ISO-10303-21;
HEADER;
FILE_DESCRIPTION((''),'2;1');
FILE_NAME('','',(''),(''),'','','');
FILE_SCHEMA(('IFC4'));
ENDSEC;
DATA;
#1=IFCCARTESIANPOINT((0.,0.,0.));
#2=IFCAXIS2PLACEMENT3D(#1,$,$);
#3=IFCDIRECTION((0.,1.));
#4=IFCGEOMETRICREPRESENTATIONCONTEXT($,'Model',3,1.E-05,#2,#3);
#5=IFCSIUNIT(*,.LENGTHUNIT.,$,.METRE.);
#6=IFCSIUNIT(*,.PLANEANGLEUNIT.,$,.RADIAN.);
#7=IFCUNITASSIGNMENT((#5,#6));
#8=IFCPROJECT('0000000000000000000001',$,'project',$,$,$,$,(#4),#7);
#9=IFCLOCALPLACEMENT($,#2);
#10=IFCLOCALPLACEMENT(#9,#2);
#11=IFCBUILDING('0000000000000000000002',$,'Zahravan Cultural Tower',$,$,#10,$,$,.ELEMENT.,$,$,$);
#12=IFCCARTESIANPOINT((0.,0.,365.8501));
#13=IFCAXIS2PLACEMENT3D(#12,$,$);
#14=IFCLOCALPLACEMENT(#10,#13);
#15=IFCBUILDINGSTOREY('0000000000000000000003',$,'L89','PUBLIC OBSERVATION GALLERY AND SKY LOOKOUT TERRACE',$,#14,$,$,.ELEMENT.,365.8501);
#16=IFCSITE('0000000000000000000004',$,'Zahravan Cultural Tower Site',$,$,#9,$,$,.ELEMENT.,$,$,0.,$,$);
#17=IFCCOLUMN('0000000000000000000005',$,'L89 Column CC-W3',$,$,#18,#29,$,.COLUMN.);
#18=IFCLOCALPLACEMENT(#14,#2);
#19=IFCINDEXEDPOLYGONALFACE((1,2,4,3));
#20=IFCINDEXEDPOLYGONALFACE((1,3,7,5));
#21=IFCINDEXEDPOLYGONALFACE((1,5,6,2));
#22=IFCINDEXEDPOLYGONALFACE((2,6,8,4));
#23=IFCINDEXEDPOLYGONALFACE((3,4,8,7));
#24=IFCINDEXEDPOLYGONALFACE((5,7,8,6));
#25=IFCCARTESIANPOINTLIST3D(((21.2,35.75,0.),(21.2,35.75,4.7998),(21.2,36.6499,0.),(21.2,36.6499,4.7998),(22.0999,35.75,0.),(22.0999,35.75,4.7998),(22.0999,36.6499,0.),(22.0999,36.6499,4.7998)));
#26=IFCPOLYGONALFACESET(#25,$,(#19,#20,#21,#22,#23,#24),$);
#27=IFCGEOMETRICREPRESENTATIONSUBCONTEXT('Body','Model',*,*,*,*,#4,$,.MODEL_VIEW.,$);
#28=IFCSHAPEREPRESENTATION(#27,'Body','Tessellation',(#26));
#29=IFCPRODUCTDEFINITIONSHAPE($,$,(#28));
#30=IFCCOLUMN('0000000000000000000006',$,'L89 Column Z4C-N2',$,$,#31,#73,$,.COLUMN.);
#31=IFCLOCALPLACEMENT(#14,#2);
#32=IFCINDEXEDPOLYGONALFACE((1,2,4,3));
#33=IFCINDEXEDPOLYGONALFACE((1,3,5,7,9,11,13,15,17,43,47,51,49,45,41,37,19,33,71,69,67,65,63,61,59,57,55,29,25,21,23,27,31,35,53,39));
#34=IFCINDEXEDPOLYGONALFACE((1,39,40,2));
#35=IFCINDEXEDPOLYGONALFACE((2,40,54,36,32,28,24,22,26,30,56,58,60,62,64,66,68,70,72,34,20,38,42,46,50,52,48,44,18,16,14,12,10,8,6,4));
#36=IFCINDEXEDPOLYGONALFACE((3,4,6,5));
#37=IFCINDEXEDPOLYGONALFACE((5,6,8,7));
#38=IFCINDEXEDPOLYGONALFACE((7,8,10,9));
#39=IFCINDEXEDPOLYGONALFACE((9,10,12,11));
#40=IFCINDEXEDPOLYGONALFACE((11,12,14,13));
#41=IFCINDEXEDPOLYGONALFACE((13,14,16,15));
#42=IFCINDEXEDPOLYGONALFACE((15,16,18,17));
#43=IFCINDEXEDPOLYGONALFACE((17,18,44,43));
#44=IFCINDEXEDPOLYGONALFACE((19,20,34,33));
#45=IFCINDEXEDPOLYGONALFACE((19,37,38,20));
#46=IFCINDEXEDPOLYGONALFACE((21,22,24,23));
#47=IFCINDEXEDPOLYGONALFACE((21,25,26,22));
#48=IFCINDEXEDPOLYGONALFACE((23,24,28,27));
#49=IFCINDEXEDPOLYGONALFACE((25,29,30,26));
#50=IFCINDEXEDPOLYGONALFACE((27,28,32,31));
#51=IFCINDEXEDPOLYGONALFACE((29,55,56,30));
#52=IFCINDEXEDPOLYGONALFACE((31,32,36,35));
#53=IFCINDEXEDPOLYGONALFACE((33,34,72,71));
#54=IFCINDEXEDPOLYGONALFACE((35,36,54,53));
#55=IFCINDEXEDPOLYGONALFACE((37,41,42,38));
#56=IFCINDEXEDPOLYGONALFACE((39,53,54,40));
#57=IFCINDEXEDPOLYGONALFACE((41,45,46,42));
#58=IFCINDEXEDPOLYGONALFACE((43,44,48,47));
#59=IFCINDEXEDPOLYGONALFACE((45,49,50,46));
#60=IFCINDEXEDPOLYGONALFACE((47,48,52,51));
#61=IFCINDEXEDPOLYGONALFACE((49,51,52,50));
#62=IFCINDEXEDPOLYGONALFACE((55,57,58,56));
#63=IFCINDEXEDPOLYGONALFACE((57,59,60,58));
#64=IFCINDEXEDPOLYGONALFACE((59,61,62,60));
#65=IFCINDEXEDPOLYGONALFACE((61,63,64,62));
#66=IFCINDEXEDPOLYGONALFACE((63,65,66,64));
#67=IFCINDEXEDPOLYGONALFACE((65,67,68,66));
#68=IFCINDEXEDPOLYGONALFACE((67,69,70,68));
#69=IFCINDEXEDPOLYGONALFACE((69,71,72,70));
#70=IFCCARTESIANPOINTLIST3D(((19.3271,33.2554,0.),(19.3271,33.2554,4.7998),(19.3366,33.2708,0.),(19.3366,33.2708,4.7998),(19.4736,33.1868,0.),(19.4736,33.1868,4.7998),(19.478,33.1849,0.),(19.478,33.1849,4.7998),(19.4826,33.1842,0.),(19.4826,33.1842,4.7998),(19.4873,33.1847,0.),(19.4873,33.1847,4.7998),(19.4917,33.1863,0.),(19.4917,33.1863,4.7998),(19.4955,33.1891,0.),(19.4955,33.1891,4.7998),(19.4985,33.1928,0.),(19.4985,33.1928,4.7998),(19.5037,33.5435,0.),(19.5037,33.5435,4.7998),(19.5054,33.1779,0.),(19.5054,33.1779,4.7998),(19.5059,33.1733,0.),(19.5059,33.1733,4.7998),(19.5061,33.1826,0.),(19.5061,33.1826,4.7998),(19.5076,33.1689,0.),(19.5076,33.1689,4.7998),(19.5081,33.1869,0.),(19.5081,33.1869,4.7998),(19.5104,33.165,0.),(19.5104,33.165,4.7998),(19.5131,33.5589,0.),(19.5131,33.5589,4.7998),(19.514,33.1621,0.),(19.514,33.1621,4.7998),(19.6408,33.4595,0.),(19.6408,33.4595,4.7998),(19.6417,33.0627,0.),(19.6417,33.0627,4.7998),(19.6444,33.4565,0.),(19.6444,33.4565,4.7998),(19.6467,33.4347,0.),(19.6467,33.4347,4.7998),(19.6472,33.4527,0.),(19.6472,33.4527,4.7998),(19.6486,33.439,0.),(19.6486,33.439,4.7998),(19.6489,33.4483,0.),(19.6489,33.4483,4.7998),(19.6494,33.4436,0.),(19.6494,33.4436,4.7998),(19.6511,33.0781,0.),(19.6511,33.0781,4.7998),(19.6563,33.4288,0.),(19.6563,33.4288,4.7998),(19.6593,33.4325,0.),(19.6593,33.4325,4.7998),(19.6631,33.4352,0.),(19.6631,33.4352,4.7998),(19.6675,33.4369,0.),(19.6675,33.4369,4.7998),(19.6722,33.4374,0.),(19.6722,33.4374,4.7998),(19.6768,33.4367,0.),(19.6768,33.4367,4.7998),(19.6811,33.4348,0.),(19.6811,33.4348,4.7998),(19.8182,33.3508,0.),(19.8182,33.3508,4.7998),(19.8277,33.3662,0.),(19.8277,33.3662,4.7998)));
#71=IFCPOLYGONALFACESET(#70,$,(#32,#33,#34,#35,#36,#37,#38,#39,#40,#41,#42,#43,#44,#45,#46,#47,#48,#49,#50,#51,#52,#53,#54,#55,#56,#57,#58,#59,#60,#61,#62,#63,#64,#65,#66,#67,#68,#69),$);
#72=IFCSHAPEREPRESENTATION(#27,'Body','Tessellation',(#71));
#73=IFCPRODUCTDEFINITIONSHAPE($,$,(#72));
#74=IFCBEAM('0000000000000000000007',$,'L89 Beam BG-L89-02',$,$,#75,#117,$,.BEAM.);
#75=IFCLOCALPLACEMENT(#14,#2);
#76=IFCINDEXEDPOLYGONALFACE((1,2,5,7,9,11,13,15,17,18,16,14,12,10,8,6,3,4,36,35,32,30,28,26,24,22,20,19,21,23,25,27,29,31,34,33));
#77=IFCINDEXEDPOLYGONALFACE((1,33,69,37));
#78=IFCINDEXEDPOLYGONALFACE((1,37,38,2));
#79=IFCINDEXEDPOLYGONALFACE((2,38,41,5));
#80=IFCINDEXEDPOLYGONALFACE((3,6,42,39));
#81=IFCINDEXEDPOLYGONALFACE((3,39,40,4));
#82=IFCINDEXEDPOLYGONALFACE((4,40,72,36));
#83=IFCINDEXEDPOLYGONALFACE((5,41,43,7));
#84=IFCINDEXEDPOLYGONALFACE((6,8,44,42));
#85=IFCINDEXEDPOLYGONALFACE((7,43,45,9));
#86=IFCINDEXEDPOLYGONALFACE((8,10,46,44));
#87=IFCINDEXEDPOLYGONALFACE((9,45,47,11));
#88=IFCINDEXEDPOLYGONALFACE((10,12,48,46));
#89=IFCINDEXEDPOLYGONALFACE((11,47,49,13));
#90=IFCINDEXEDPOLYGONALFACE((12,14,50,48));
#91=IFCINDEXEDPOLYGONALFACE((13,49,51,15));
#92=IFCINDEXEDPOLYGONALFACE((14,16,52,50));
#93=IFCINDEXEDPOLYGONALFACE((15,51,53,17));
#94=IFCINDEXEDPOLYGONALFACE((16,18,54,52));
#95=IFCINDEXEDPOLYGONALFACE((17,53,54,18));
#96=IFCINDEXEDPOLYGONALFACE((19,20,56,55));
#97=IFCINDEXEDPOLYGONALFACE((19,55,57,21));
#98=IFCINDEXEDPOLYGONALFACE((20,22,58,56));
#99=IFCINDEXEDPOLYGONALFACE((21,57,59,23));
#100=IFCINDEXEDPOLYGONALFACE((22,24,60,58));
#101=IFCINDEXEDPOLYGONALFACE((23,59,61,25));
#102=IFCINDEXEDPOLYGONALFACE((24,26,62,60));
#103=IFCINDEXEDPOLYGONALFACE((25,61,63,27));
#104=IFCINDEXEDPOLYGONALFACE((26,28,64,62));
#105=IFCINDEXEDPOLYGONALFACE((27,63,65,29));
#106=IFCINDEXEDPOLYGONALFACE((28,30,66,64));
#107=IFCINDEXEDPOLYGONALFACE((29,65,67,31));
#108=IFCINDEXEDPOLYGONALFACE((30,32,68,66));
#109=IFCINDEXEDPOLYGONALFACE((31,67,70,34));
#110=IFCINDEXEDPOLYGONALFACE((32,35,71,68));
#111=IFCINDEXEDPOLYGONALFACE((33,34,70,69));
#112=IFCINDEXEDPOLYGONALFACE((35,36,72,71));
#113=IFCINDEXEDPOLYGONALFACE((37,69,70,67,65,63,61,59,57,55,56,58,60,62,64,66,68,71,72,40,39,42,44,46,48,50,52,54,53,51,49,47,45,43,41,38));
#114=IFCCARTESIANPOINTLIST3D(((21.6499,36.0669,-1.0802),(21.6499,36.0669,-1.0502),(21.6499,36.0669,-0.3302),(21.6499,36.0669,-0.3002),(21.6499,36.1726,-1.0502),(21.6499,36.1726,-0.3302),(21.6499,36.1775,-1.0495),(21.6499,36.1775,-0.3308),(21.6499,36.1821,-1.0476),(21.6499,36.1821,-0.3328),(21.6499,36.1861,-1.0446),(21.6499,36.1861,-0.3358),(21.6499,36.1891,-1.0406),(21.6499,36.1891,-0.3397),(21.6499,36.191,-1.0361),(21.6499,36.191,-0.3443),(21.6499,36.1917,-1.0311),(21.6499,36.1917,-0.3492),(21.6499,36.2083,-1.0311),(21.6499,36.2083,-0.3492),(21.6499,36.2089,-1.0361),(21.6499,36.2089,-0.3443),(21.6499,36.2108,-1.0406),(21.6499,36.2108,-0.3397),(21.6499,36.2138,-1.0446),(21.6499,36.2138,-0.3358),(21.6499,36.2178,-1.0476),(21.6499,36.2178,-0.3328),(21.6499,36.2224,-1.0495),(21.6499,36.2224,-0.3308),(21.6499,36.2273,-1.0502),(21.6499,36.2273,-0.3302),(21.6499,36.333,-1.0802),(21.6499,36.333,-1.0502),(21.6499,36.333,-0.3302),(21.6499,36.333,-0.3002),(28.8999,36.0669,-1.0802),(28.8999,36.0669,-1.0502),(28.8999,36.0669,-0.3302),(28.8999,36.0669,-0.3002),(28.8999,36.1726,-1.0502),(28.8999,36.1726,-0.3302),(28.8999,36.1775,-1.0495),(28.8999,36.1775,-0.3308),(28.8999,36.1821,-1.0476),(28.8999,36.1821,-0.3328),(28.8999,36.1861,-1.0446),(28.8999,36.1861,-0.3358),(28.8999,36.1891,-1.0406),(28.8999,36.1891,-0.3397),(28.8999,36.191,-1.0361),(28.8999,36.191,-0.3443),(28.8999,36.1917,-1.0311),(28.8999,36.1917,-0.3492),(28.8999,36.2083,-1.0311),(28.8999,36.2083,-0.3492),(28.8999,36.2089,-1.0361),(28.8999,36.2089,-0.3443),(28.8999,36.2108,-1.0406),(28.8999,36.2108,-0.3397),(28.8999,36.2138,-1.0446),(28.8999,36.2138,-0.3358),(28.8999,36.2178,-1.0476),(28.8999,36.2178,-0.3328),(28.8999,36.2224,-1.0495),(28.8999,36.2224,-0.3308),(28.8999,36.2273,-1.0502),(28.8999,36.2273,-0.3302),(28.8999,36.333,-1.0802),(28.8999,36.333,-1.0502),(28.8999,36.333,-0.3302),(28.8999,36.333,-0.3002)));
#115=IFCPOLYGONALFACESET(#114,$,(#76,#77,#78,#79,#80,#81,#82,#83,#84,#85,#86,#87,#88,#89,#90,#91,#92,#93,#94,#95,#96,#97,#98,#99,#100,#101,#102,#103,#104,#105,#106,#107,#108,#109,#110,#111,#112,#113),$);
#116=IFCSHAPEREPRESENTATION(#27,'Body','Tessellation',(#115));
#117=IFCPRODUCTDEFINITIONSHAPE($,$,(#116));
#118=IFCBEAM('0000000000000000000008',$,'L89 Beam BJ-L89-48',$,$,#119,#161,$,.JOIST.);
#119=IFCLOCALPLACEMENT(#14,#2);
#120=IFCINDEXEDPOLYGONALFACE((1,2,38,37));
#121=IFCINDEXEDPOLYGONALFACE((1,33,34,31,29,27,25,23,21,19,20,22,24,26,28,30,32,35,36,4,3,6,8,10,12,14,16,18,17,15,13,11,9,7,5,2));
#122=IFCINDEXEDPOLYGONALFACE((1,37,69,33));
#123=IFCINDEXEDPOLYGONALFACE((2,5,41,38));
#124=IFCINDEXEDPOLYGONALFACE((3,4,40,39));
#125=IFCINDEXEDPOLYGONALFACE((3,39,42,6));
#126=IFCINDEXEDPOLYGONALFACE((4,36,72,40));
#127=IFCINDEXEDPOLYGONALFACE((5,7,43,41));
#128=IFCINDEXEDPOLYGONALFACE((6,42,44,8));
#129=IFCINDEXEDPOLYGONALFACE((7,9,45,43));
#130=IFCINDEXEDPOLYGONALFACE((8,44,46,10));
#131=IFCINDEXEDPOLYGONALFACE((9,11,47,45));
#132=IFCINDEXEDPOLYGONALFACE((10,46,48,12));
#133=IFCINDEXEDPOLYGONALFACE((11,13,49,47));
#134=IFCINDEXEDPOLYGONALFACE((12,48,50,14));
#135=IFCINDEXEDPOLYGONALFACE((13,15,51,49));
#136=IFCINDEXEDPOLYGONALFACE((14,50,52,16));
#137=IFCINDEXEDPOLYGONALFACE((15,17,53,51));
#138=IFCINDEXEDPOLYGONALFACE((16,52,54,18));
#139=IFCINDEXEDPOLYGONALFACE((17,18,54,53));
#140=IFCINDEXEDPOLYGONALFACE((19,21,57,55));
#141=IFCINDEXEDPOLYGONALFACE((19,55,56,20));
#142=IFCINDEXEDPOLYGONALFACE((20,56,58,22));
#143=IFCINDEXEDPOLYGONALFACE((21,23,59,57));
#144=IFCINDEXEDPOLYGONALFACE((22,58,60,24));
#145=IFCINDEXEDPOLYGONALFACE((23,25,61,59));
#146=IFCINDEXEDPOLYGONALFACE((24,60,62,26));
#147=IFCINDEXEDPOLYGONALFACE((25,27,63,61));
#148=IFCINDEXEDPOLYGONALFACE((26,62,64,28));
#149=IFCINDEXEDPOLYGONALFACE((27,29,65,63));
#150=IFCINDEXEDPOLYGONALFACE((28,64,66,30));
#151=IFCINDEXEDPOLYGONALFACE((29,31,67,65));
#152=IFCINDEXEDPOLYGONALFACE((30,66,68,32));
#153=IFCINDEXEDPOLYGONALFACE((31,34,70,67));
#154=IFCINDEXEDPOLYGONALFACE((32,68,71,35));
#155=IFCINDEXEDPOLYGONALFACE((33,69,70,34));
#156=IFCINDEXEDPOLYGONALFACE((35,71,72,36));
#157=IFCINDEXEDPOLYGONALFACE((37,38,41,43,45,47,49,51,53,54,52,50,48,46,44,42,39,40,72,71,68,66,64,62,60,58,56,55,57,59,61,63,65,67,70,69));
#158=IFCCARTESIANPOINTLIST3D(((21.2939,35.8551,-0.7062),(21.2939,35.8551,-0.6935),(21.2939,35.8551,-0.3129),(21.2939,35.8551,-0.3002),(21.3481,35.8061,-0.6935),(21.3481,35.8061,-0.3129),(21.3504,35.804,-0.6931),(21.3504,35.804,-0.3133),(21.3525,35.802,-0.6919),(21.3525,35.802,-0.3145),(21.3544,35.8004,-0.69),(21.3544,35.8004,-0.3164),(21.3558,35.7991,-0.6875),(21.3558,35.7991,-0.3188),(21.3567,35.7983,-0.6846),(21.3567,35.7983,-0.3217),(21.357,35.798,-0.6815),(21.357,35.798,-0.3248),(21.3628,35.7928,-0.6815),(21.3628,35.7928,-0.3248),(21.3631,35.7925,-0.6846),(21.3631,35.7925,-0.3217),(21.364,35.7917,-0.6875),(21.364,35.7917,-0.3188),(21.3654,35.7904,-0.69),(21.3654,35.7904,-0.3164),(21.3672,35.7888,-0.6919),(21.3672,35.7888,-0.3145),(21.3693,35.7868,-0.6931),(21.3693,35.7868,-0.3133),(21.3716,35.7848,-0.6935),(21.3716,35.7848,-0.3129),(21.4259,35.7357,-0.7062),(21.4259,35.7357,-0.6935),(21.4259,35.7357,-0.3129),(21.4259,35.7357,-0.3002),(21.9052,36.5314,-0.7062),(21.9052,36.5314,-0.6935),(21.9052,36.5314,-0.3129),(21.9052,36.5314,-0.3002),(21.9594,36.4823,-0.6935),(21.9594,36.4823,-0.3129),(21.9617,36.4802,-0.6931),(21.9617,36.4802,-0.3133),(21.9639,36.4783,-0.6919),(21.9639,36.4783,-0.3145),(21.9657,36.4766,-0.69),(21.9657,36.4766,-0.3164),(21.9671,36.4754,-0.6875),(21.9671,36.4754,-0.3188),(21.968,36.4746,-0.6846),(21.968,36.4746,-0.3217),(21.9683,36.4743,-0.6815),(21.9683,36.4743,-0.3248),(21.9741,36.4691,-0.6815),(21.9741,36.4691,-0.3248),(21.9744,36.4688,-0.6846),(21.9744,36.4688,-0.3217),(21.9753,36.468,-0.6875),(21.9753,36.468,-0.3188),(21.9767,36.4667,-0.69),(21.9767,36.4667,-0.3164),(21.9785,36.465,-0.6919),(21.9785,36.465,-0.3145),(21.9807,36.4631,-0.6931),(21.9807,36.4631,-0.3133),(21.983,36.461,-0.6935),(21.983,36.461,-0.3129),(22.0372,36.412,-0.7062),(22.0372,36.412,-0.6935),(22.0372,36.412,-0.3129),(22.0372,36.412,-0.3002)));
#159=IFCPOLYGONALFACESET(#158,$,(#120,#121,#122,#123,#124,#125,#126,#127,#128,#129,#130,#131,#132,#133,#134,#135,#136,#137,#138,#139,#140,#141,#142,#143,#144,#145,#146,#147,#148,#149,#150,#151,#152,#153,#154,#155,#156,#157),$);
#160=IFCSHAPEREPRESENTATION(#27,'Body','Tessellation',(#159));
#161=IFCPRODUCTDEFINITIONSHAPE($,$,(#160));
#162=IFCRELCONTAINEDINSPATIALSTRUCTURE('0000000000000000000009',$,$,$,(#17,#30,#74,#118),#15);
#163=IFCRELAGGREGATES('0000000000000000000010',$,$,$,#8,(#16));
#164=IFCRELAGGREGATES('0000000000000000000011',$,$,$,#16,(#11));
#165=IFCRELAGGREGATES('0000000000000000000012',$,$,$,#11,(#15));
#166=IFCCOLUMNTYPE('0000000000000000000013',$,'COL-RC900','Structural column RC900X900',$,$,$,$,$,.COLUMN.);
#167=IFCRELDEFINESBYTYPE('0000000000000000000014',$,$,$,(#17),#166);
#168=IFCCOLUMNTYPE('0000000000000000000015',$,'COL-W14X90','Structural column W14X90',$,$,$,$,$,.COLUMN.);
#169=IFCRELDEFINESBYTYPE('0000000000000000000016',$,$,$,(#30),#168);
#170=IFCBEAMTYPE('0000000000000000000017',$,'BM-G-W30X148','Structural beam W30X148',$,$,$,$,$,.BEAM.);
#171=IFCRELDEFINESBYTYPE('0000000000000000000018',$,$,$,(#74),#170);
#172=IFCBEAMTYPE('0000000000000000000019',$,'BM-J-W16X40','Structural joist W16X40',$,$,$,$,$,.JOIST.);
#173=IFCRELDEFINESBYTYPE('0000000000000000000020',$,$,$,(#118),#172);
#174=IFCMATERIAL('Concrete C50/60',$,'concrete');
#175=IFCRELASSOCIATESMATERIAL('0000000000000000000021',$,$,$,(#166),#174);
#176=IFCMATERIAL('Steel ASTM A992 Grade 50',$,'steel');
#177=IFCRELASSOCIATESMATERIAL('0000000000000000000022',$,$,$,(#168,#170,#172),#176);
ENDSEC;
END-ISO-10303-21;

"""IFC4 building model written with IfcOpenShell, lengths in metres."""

from ifc_helpers import new_model, si_unit, direction, frame, origin, origin_2d, place, context, subcontext, project, spatial, rectangle, i_section, extrude, source, transform, mapped, material, material_profile, profile_set, type_object, element, save


model = new_model("IFC4")

# Units and contexts
model_context = context("Model", 3, precision=1e-05, world=origin(), true_north=direction((0.0, 1.0)))
body_context = subcontext(model_context, "Body", "Model", "MODEL_VIEW")
ifc_project = project(units=[si_unit("LENGTHUNIT", "METRE"), si_unit("PLANEANGLEUNIT", "RADIAN")], contexts=[model_context])

# Site, building, storey
site_placement = place(None, origin())
site = spatial("IfcSite", under=ifc_project, at=site_placement, Name="Zahravan Cultural Tower Site", CompositionType="ELEMENT", RefElevation=0.0)
building_placement = place(site_placement, origin())
building = spatial("IfcBuilding", under=site, at=building_placement, Name="Zahravan Cultural Tower", CompositionType="ELEMENT")
storey_placement = place(building_placement, frame((0.0, 0.0, 365.8501)))
storey = spatial("IfcBuildingStorey", under=building, at=storey_placement, Name="L89", Description="PUBLIC OBSERVATION GALLERY AND SKY LOOKOUT TERRACE", CompositionType="ELEMENT", Elevation=365.8501)

# Columns
ifc_material_1 = material(Name="Concrete C50/60", Category="concrete")
ifc_material_profile_1 = material_profile(ifc_material_1, rectangle(XDim=0.8999, YDim=0.8999, at=origin_2d()), Name="RC900X900")
ifc_profile_set_1 = profile_set([ifc_material_profile_1], Name="Concrete C50/60")
column_type_1 = type_object("IfcColumnType", Name="COL-RC900", Description="Structural column RC900X900", PredefinedType="COLUMN", material=ifc_profile_set_1)
shared_shape_1 = source(origin(), body_context, "Body", "SweptSolid", [
    extrude(rectangle(XDim=0.8999, YDim=0.8999, at=origin_2d()), origin(), (0.0, 0.0, 1.0), 4.7998),
])
column_1_placement = place(storey_placement, frame((21.6499, 36.2, 0.0), z_axis=(0.0, 0.0, 1.0), x_axis=(1.0, 0.0, 0.0)))
element("IfcColumn", 1, at=column_1_placement, inside=storey, type_object=column_type_1, Name="L89 Column CC-W3", PredefinedType="COLUMN", context=body_context, shape_type="MappedRepresentation", body=[
    mapped(shared_shape_1, transform((0.0, 0.0, 0.0), x_axis=(1.0, 0.0, 0.0), y_axis=(0.0, 1.0, 0.0), z_axis=(0.0, 0.0, 1.0), scale=1.0)),
])
ifc_material_2 = material(Name="Steel ASTM A992 Grade 50", Category="steel")
ifc_material_profile_2 = material_profile(ifc_material_2, i_section(OverallWidth=0.3689, OverallDepth=0.356, WebThickness=0.0112, FlangeThickness=0.0181, FilletRadius=0.0181, at=origin_2d()), Name="W14X90")
ifc_profile_set_2 = profile_set([ifc_material_profile_2], Name="Steel ASTM A992 Grade 50")
column_type_2 = type_object("IfcColumnType", Name="COL-W14X90", Description="Structural column W14X90", PredefinedType="COLUMN", material=ifc_profile_set_2)
shared_shape_2 = source(origin(), body_context, "Body", "SweptSolid", [
    extrude(i_section(OverallWidth=0.3689, OverallDepth=0.356, WebThickness=0.0112, FlangeThickness=0.0181, FilletRadius=0.0181, at=origin_2d()), origin(), (0.0, 0.0, 1.0), 4.7998),
])
column_2_placement = place(storey_placement, frame((19.5774, 33.3108, 0.0), z_axis=(0.0, 0.0, 1.0), x_axis=(-0.85264, 0.522499, 0.0)))
element("IfcColumn", 2, at=column_2_placement, inside=storey, type_object=column_type_2, Name="L89 Column Z4C-N2", PredefinedType="COLUMN", context=body_context, shape_type="MappedRepresentation", body=[
    mapped(shared_shape_2, transform((0.0, 0.0, 0.0), x_axis=(1.0, 0.0, 0.0), y_axis=(0.0, 1.0, 0.0), z_axis=(0.0, 0.0, 1.0), scale=1.0)),
])

# Beams
ifc_material_profile_3 = material_profile(ifc_material_2, i_section(OverallWidth=0.2661, OverallDepth=0.78, WebThickness=0.0166, FlangeThickness=0.03, FilletRadius=0.019, at=origin_2d()), Name="W30X148")
ifc_profile_set_3 = profile_set([ifc_material_profile_3], Name="Steel ASTM A992 Grade 50")
beam_type_1 = type_object("IfcBeamType", Name="BM-G-W30X148", Description="Structural beam W30X148", PredefinedType="BEAM", material=ifc_profile_set_3)
shared_shape_3 = source(origin(), body_context, "Body", "SweptSolid", [
    extrude(i_section(OverallWidth=0.2661, OverallDepth=0.78, WebThickness=0.0166, FlangeThickness=0.03, FilletRadius=0.019, at=origin_2d()), origin(), (0.0, 0.0, 1.0), 7.25),
])
beam_1_placement = place(storey_placement, frame((21.6499, 36.2, -0.6902), z_axis=(1.0, 0.0, 0.0), x_axis=(0.0, 1.0, 0.0)))
element("IfcBeam", 3, at=beam_1_placement, inside=storey, type_object=beam_type_1, Name="L89 Beam BG-L89-02", PredefinedType="BEAM", context=body_context, shape_type="MappedRepresentation", body=[
    mapped(shared_shape_3, transform((0.0, 0.0, 0.0), x_axis=(1.0, 0.0, 0.0), y_axis=(0.0, 1.0, 0.0), z_axis=(0.0, 0.0, 1.0), scale=1.0)),
])
ifc_material_profile_4 = material_profile(ifc_material_2, i_section(OverallWidth=0.178, OverallDepth=0.406, WebThickness=0.0078, FlangeThickness=0.0127, FilletRadius=0.012, at=origin_2d()), Name="W16X40")
ifc_profile_set_4 = profile_set([ifc_material_profile_4], Name="Steel ASTM A992 Grade 50")
beam_type_2 = type_object("IfcBeamType", Name="BM-J-W16X40", Description="Structural joist W16X40", PredefinedType="JOIST", material=ifc_profile_set_4)
shared_shape_4 = source(origin(), body_context, "Body", "SweptSolid", [
    extrude(i_section(OverallWidth=0.178, OverallDepth=0.406, WebThickness=0.0078, FlangeThickness=0.0127, FilletRadius=0.012, at=origin_2d()), origin(), (0.0, 0.0, 1.0), 0.9116),
])
beam_2_placement = place(storey_placement, frame((21.9712, 36.4717, -0.5032), z_axis=(-0.670591, -0.741828, 0.0), x_axis=(0.741828, -0.670591, 0.0)))
element("IfcBeam", 4, at=beam_2_placement, inside=storey, type_object=beam_type_2, Name="L89 Beam BJ-L89-48", PredefinedType="JOIST", context=body_context, shape_type="MappedRepresentation", body=[
    mapped(shared_shape_4, transform((0.0, 0.0, 0.0), x_axis=(1.0, 0.0, 0.0), y_axis=(0.0, 1.0, 0.0), z_axis=(0.0, 0.0, 1.0), scale=1.0)),
])

save(model, "model.ifc")
